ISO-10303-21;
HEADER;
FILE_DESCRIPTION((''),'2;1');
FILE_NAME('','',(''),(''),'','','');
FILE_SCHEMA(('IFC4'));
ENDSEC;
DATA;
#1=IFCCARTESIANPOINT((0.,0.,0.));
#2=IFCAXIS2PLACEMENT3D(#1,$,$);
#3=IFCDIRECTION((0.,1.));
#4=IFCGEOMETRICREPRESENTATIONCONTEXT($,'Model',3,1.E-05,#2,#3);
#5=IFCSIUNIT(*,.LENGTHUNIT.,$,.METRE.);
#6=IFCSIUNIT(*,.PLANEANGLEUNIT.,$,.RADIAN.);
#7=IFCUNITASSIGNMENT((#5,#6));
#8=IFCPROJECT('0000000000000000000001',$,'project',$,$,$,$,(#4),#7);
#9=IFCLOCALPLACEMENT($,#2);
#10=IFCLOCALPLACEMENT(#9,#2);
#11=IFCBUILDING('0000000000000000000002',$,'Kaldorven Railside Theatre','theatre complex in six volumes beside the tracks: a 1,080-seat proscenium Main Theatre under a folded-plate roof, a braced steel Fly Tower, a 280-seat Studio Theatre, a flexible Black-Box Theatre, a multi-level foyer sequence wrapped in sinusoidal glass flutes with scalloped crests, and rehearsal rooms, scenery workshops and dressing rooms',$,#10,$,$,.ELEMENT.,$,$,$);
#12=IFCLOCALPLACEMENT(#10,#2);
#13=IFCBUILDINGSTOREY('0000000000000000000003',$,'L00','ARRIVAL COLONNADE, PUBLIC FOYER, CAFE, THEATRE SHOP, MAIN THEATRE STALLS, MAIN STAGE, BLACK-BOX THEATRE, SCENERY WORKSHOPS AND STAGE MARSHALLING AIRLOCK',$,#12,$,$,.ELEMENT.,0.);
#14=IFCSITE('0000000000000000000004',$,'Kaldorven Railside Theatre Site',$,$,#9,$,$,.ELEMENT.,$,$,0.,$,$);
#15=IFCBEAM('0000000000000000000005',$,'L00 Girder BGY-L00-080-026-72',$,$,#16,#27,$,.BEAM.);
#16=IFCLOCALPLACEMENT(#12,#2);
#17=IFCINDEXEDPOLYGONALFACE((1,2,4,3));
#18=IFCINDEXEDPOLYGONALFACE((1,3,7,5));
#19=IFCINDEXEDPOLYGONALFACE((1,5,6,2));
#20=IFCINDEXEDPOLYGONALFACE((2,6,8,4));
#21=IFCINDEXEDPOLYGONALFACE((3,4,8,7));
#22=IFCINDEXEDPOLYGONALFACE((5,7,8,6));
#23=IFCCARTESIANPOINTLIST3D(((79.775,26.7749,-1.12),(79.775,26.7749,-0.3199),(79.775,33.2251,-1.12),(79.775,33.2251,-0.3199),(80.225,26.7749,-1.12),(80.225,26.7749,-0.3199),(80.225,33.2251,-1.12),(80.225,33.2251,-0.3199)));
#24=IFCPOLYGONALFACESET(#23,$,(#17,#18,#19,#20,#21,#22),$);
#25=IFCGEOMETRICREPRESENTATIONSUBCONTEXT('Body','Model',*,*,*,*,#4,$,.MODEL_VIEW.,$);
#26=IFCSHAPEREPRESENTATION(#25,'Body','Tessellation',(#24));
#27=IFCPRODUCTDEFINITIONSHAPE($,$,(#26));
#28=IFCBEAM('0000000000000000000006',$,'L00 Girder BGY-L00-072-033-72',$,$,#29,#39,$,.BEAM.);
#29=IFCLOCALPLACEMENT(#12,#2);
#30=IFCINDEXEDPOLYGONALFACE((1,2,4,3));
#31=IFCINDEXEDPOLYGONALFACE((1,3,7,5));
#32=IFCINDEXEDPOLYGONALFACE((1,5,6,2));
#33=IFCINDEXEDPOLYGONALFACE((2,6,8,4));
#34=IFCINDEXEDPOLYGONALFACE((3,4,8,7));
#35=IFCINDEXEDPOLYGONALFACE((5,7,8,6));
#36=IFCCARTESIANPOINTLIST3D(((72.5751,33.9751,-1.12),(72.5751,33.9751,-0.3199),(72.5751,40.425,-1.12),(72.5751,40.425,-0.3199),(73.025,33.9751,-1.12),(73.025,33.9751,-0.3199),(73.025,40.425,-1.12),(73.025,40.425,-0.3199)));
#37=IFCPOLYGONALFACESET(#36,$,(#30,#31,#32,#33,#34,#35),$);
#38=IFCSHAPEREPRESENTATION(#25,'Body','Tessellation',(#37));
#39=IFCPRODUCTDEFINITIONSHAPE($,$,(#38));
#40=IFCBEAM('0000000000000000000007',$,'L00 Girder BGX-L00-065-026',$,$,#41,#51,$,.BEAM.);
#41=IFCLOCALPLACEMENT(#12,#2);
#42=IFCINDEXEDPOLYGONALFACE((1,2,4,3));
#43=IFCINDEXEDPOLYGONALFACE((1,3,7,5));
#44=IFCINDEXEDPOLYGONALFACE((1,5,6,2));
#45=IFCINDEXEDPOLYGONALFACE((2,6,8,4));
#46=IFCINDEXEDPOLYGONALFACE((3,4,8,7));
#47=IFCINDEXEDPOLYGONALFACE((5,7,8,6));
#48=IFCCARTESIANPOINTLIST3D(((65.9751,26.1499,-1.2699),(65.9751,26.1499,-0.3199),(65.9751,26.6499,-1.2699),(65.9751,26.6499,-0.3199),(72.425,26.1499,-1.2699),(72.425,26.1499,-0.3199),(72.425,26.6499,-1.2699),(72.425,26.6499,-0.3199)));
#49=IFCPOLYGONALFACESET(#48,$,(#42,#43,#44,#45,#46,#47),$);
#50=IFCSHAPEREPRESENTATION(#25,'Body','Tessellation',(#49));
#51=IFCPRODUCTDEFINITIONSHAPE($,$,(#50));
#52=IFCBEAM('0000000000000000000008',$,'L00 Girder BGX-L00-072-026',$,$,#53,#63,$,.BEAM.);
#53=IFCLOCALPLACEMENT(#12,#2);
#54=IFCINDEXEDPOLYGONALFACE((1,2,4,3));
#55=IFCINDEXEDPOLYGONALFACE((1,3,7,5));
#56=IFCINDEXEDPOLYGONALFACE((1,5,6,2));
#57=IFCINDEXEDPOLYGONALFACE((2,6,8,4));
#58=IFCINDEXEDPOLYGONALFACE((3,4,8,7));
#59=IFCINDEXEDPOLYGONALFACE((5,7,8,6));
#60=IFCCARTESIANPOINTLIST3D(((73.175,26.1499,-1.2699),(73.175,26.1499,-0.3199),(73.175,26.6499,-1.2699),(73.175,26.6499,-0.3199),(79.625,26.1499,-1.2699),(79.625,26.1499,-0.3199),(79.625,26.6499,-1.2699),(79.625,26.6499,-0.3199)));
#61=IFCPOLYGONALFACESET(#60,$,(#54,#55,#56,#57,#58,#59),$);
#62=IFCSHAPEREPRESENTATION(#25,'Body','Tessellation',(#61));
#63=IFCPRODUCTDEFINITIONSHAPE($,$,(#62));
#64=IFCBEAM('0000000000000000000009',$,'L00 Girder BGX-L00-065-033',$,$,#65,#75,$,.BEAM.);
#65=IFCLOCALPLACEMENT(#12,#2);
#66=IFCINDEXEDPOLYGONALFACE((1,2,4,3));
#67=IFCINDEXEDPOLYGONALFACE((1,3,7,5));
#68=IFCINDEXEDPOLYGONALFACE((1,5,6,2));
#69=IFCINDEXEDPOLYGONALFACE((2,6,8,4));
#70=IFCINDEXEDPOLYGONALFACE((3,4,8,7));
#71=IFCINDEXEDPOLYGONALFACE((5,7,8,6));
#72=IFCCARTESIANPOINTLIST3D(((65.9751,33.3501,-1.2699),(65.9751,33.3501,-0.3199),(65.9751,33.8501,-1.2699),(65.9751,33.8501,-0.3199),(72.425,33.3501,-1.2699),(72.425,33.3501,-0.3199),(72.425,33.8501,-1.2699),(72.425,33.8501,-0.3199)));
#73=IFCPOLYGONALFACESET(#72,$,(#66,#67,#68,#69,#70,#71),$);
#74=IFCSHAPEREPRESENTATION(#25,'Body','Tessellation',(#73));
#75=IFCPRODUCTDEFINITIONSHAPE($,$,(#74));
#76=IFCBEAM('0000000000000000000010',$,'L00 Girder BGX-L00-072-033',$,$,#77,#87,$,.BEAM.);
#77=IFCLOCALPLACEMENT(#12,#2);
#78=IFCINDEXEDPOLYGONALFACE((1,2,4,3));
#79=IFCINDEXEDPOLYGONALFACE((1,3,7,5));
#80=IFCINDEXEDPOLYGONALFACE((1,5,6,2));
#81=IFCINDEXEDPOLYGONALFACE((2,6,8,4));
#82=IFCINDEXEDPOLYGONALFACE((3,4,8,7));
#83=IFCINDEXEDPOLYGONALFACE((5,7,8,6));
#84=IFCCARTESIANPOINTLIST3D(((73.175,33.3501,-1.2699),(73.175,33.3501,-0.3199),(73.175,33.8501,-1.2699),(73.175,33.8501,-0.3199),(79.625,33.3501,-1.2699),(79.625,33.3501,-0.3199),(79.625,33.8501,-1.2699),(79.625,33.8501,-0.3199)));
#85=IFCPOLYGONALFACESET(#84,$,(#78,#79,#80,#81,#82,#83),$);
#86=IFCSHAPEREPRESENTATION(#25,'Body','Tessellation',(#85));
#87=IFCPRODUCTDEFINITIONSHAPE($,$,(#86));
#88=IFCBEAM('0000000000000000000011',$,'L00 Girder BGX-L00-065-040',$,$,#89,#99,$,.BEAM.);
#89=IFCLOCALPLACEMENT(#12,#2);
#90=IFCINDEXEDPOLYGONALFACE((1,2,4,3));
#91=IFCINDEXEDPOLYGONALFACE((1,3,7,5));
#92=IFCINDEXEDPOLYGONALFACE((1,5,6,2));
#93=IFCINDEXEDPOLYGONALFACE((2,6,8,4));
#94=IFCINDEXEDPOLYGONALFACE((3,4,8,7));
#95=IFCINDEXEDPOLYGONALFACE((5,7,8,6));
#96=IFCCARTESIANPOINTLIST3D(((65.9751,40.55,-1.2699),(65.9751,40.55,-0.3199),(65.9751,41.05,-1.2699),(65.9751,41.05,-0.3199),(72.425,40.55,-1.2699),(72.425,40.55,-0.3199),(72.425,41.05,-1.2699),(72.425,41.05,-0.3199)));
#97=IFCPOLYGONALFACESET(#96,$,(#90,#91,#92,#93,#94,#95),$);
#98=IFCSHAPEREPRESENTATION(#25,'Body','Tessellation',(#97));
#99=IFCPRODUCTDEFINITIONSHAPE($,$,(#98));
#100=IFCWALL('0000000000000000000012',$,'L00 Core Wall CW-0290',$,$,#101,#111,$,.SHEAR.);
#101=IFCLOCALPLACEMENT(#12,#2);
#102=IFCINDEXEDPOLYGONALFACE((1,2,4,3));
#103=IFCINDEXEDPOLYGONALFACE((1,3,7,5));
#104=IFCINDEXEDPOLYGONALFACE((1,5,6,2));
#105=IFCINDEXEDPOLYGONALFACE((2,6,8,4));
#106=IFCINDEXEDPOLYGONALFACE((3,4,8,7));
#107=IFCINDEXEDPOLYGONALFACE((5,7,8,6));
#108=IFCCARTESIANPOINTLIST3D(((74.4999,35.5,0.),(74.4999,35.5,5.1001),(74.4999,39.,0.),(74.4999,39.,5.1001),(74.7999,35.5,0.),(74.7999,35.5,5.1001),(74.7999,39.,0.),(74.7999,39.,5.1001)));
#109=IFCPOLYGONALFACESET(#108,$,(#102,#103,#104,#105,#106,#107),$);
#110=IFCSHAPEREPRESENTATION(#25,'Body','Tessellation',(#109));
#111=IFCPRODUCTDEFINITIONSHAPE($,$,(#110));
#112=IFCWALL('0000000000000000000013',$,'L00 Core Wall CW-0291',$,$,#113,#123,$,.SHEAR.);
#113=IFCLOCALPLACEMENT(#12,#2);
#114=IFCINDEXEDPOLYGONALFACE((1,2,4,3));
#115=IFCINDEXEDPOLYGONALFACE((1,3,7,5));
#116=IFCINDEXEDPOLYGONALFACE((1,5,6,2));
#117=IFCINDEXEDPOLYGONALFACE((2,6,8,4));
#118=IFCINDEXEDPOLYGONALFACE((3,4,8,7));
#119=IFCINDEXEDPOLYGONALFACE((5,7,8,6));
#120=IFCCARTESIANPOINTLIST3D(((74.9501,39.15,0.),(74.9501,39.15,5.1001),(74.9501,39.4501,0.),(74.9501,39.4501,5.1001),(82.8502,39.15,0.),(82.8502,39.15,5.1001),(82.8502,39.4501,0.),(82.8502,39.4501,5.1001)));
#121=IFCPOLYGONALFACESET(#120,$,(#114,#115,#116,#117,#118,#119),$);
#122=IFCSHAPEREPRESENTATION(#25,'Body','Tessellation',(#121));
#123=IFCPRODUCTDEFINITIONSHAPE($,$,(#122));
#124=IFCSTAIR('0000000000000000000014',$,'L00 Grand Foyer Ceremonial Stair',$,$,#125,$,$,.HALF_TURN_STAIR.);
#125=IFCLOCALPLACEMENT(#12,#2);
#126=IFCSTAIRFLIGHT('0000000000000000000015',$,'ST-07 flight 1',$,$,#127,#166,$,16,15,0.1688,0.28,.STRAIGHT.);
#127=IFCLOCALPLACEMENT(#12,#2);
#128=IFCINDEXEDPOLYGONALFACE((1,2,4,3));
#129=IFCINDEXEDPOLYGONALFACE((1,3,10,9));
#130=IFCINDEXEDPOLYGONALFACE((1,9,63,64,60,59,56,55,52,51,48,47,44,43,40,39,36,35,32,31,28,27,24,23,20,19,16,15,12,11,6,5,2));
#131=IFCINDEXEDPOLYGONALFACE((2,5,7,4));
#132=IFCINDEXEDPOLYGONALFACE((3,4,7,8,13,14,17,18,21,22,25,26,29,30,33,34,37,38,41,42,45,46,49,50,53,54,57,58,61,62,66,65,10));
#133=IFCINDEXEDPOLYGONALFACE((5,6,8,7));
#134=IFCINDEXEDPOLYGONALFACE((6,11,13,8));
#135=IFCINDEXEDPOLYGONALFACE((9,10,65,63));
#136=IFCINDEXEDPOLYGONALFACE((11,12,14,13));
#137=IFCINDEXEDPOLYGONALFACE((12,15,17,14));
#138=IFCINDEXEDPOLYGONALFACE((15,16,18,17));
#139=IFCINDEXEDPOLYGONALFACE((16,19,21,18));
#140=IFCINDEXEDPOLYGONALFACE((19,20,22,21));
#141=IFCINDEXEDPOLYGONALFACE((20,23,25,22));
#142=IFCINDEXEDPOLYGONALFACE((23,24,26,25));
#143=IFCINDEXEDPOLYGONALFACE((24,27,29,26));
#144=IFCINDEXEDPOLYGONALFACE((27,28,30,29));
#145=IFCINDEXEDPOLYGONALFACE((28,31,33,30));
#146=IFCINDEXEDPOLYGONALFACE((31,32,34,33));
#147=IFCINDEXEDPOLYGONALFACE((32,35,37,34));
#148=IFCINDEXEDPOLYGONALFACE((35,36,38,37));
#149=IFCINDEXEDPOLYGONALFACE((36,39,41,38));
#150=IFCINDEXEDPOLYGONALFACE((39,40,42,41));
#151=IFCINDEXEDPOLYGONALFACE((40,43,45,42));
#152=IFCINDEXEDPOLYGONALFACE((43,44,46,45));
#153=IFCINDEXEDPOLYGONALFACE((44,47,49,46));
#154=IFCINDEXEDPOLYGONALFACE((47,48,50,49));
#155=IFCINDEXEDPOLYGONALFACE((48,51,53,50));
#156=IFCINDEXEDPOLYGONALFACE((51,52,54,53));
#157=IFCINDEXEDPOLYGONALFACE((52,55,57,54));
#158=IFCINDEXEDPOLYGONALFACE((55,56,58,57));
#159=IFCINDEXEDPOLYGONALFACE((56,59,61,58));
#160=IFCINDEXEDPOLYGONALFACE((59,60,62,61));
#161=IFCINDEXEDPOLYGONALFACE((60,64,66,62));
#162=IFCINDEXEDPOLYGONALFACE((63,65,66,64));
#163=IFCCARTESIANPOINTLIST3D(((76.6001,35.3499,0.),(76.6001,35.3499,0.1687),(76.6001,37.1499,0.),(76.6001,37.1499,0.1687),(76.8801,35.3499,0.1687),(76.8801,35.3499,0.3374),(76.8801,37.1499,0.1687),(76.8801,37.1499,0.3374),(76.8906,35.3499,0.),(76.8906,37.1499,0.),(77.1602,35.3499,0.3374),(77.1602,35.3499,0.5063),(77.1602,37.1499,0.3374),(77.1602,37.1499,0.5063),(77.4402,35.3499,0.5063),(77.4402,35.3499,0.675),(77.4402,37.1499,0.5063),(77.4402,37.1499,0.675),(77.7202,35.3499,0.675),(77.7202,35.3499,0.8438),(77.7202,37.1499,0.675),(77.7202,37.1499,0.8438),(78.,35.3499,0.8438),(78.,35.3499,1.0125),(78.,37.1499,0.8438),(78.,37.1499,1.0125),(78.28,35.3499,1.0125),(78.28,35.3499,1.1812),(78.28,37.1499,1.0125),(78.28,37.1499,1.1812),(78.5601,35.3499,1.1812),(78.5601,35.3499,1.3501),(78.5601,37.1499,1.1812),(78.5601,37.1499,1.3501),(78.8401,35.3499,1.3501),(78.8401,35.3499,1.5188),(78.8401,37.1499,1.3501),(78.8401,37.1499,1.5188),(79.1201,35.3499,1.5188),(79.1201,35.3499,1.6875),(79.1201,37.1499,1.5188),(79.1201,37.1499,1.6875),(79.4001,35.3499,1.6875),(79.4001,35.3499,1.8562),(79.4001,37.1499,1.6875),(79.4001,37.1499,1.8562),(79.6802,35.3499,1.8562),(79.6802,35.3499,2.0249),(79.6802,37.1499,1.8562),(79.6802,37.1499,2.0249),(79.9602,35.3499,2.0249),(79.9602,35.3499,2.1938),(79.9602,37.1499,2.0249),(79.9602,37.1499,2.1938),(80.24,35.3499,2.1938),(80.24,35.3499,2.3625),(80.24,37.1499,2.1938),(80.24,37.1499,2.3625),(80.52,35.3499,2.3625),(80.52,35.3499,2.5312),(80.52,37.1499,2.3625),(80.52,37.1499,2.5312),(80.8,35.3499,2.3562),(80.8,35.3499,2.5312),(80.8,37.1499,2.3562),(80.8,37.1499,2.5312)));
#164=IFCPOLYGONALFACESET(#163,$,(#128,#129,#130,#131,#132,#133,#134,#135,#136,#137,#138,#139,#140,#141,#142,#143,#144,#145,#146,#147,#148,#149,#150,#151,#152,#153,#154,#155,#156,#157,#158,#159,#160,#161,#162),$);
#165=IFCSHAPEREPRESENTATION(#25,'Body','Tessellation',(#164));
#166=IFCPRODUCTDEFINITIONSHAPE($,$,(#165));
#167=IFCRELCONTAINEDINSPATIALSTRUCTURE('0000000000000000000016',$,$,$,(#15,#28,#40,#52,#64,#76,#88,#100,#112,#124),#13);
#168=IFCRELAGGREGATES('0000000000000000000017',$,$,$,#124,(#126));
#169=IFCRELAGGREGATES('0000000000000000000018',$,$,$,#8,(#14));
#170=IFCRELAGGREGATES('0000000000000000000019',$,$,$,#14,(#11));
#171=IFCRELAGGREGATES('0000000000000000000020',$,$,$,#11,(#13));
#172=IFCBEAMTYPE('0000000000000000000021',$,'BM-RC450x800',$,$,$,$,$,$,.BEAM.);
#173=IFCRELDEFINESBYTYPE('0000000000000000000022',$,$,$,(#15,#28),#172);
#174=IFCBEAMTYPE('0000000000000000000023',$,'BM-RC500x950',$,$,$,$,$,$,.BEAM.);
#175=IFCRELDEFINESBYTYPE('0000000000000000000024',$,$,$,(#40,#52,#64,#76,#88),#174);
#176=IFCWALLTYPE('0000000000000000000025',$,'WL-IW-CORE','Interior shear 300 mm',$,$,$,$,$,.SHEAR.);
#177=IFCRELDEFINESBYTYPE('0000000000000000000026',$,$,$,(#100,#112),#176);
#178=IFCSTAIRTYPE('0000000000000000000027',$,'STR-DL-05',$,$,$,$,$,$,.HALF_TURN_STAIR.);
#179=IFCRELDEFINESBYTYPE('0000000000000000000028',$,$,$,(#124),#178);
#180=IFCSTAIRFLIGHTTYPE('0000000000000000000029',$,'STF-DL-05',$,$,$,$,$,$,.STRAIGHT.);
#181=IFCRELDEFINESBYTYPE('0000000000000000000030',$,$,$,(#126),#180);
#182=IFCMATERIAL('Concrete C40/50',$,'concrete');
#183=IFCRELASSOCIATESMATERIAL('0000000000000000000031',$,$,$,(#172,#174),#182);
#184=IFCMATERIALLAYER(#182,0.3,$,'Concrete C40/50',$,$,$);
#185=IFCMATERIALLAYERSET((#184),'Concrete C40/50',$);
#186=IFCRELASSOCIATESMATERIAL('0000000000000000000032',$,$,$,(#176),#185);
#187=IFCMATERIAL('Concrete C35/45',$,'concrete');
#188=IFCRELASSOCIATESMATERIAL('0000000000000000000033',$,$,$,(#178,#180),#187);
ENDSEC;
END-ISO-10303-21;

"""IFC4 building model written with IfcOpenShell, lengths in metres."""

from ifc_helpers import new_model, si_unit, direction, frame, frame_2d, origin, origin_2d, place, context, subcontext, project, spatial, polyline, rectangle, outline, extrude, material, layer, layer_set, material_profile, profile_set, type_object, element, aggregate, save


model = new_model("IFC4")

# Units and contexts
model_context = context("Model", 3, precision=1e-05, world=origin(), true_north=direction((0.0, 1.0)))
body_context = subcontext(model_context, "Body", "Model", "MODEL_VIEW")
ifc_project = project(units=[si_unit("LENGTHUNIT", "METRE"), si_unit("PLANEANGLEUNIT", "RADIAN")], contexts=[model_context])

# Site, building, storey
site_placement = place(None, origin())
site = spatial("IfcSite", under=ifc_project, at=site_placement, Name="Kaldorven Railside Theatre Site", CompositionType="ELEMENT", RefElevation=0.0)
building_placement = place(site_placement, origin())
building = spatial("IfcBuilding", under=site, at=building_placement, Name="Kaldorven Railside Theatre", Description="theatre complex in six volumes beside the tracks: a 1,080-seat proscenium Main Theatre under a folded-plate roof, a braced steel Fly Tower, a 280-seat Studio Theatre, a flexible Black-Box Theatre, a multi-level foyer sequence wrapped in sinusoidal glass flutes with scalloped crests, and rehearsal rooms, scenery workshops and dressing rooms", CompositionType="ELEMENT")
storey_placement = place(building_placement, origin())
storey = spatial("IfcBuildingStorey", under=building, at=storey_placement, Name="L00", Description="ARRIVAL COLONNADE, PUBLIC FOYER, CAFE, THEATRE SHOP, MAIN THEATRE STALLS, MAIN STAGE, BLACK-BOX THEATRE, SCENERY WORKSHOPS AND STAGE MARSHALLING AIRLOCK", CompositionType="ELEMENT", Elevation=0.0)

# Shared definitions
ifc_material_1 = material(Name="Concrete C40/50", Category="concrete")

# Beams
ifc_material_profile_1 = material_profile(ifc_material_1, rectangle(XDim=0.45, YDim=0.8, at=origin_2d()), Name="RC 450x800")
ifc_profile_set_1 = profile_set([ifc_material_profile_1], Name="Concrete C40/50")
beam_type_1 = type_object("IfcBeamType", Name="BM-RC450x800", PredefinedType="BEAM", material=ifc_profile_set_1)
for number, where, z_axis, x_axis, name in (
    (1, (80.0, 26.7749, -0.72), (0.0, 1.0, 0.0), (-1.0, 0.0, 0.0), "L00 Girder BGY-L00-080-026-72"),
):
    element("IfcBeam", number, at=place(storey_placement, frame(where, z_axis=z_axis, x_axis=x_axis)), inside=storey, type_object=beam_type_1, Name=name, PredefinedType="BEAM", context=body_context, shape_type="SweptSolid", body=[
        extrude(rectangle(XDim=0.45, YDim=0.8, at=origin_2d()), origin(), (0.0, 0.0, 1.0), 6.4502),
    ])
beam_1_placement = place(storey_placement, frame((72.8, 33.9751, -0.72), z_axis=(0.0, 1.0, 0.0), x_axis=(-1.0, 0.0, 0.0)))
element("IfcBeam", 2, at=beam_1_placement, inside=storey, type_object=beam_type_1, Name="L00 Girder BGY-L00-072-033-72", PredefinedType="BEAM", context=body_context, shape_type="SweptSolid", body=[
    extrude(rectangle(XDim=0.45, YDim=0.8, at=origin_2d()), origin(), (0.0, 0.0, 1.0), 6.45),
])
ifc_material_profile_2 = material_profile(ifc_material_1, rectangle(XDim=0.5, YDim=0.95, at=origin_2d()), Name="RC 500x950")
ifc_profile_set_2 = profile_set([ifc_material_profile_2], Name="Concrete C40/50")
beam_type_2 = type_object("IfcBeamType", Name="BM-RC500x950", PredefinedType="BEAM", material=ifc_profile_set_2)
for number, where, z_axis, x_axis, name in (
    (3, (65.9751, 26.3999, -0.7949), (1.0, 0.0, 0.0), (0.0, 1.0, 0.0), "L00 Girder BGX-L00-065-026"),
    (4, (73.175, 26.3999, -0.7949), (1.0, 0.0, 0.0), (0.0, 1.0, 0.0), "L00 Girder BGX-L00-072-026"),
    (5, (65.9751, 33.6001, -0.7949), (1.0, 0.0, 0.0), (0.0, 1.0, 0.0), "L00 Girder BGX-L00-065-033"),
    (6, (73.175, 33.6001, -0.7949), (1.0, 0.0, 0.0), (0.0, 1.0, 0.0), "L00 Girder BGX-L00-072-033"),
    (7, (65.9751, 40.8, -0.7949), (1.0, 0.0, 0.0), (0.0, 1.0, 0.0), "L00 Girder BGX-L00-065-040"),
):
    element("IfcBeam", number, at=place(storey_placement, frame(where, z_axis=z_axis, x_axis=x_axis)), inside=storey, type_object=beam_type_2, Name=name, PredefinedType="BEAM", context=body_context, shape_type="SweptSolid", body=[
        extrude(rectangle(XDim=0.5, YDim=0.95, at=origin_2d()), origin(), (0.0, 0.0, 1.0), 6.45),
    ])

# Walls
ifc_layer = layer(ifc_material_1, 0.3, Name="Concrete C40/50")
ifc_layer_set = layer_set([ifc_layer], Name="Concrete C40/50")
wall_type = type_object("IfcWallType", Name="WL-IW-CORE", Description="Interior shear 300 mm", PredefinedType="SHEAR", material=ifc_layer_set)
wall_1_placement = place(storey_placement, frame((74.6499, 35.5, 0.0), z_axis=(0.0, 0.0, 1.0), x_axis=(0.0, 1.0, 0.0)))
element("IfcWall", 8, at=wall_1_placement, inside=storey, type_object=wall_type, Name="L00 Core Wall CW-0290", PredefinedType="SHEAR", context=body_context, shape_type="SweptSolid", body=[
    extrude(rectangle(XDim=3.5, YDim=0.3, at=frame_2d((1.75, 0.0))), origin(), (0.0, 0.0, 1.0), 5.1001),
])
wall_2_placement = place(storey_placement, frame((74.95, 39.3, 0.0), z_axis=(0.0, 0.0, 1.0), x_axis=(1.0, 0.0, 0.0)))
element("IfcWall", 9, at=wall_2_placement, inside=storey, type_object=wall_type, Name="L00 Core Wall CW-0291", PredefinedType="SHEAR", context=body_context, shape_type="SweptSolid", body=[
    extrude(rectangle(XDim=7.9001, YDim=0.3, at=frame_2d((3.9502, 0.0))), origin(), (0.0, 0.0, 1.0), 5.1001),
])

# Stair, stair flight
ifc_material_2 = material(Name="Concrete C35/45", Category="concrete")
stair_type = type_object("IfcStairType", Name="STR-DL-05", PredefinedType="HALF_TURN_STAIR", material=ifc_material_2)
stair_placement = place(storey_placement, origin())
stair = element("IfcStair", 10, at=stair_placement, inside=storey, type_object=stair_type, Name="L00 Grand Foyer Ceremonial Stair", PredefinedType="HALF_TURN_STAIR")
stair_flight_type = type_object("IfcStairFlightType", Name="STF-DL-05", PredefinedType="STRAIGHT", material=ifc_material_2)
stair_flight_placement = place(storey_placement, frame((76.6001, 36.25, 0.0), z_axis=(0.0, 0.0, 1.0), x_axis=(1.0, 0.0, 0.0)))
stair_flight = element("IfcStairFlight", 11, at=stair_flight_placement, type_object=stair_flight_type, Name="ST-07 flight 1", NumberOfRisers=16, NumberOfTreads=15, PredefinedType="STRAIGHT", RiserHeight=0.1688, TreadLength=0.28, context=body_context, shape_type="SweptSolid", body=[
    extrude(outline(polyline([(0.0, 0.0), (0.0, 0.1687), (0.28, 0.1687), (0.28, 0.3374), (0.5601, 0.3374), (0.5601, 0.5063), (0.8401, 0.5063), (0.8401, 0.675), (1.1201, 0.675), (1.1201, 0.8438), (1.3999, 0.8438), (1.3999, 1.0125), (1.6799, 1.0125), (1.6799, 1.1812), (1.96, 1.1812), (1.96, 1.3501), (2.24, 1.3501), (2.24, 1.5188), (2.52, 1.5188), (2.52, 1.6875), (2.8, 1.6875), (2.8, 1.8562), (3.0801, 1.8562), (3.0801, 2.0249), (3.3601, 2.0249), (3.3601, 2.1938), (3.6399, 2.1938), (3.6399, 2.3625), (3.9199, 2.3625), (3.9199, 2.5312), (4.2, 2.5312), (4.2, 2.7), (4.2, 2.3562), (0.2905, 0.0), (0.0, 0.0)])), frame((0.0, 0.8999, 0.0), z_axis=(0.0, -1.0, 0.0), x_axis=(1.0, 0.0, 0.0)), (0.0, 0.0, 1.0), 1.8),
])
aggregate(stair, [stair_flight])

save(model, "model.ifc")
